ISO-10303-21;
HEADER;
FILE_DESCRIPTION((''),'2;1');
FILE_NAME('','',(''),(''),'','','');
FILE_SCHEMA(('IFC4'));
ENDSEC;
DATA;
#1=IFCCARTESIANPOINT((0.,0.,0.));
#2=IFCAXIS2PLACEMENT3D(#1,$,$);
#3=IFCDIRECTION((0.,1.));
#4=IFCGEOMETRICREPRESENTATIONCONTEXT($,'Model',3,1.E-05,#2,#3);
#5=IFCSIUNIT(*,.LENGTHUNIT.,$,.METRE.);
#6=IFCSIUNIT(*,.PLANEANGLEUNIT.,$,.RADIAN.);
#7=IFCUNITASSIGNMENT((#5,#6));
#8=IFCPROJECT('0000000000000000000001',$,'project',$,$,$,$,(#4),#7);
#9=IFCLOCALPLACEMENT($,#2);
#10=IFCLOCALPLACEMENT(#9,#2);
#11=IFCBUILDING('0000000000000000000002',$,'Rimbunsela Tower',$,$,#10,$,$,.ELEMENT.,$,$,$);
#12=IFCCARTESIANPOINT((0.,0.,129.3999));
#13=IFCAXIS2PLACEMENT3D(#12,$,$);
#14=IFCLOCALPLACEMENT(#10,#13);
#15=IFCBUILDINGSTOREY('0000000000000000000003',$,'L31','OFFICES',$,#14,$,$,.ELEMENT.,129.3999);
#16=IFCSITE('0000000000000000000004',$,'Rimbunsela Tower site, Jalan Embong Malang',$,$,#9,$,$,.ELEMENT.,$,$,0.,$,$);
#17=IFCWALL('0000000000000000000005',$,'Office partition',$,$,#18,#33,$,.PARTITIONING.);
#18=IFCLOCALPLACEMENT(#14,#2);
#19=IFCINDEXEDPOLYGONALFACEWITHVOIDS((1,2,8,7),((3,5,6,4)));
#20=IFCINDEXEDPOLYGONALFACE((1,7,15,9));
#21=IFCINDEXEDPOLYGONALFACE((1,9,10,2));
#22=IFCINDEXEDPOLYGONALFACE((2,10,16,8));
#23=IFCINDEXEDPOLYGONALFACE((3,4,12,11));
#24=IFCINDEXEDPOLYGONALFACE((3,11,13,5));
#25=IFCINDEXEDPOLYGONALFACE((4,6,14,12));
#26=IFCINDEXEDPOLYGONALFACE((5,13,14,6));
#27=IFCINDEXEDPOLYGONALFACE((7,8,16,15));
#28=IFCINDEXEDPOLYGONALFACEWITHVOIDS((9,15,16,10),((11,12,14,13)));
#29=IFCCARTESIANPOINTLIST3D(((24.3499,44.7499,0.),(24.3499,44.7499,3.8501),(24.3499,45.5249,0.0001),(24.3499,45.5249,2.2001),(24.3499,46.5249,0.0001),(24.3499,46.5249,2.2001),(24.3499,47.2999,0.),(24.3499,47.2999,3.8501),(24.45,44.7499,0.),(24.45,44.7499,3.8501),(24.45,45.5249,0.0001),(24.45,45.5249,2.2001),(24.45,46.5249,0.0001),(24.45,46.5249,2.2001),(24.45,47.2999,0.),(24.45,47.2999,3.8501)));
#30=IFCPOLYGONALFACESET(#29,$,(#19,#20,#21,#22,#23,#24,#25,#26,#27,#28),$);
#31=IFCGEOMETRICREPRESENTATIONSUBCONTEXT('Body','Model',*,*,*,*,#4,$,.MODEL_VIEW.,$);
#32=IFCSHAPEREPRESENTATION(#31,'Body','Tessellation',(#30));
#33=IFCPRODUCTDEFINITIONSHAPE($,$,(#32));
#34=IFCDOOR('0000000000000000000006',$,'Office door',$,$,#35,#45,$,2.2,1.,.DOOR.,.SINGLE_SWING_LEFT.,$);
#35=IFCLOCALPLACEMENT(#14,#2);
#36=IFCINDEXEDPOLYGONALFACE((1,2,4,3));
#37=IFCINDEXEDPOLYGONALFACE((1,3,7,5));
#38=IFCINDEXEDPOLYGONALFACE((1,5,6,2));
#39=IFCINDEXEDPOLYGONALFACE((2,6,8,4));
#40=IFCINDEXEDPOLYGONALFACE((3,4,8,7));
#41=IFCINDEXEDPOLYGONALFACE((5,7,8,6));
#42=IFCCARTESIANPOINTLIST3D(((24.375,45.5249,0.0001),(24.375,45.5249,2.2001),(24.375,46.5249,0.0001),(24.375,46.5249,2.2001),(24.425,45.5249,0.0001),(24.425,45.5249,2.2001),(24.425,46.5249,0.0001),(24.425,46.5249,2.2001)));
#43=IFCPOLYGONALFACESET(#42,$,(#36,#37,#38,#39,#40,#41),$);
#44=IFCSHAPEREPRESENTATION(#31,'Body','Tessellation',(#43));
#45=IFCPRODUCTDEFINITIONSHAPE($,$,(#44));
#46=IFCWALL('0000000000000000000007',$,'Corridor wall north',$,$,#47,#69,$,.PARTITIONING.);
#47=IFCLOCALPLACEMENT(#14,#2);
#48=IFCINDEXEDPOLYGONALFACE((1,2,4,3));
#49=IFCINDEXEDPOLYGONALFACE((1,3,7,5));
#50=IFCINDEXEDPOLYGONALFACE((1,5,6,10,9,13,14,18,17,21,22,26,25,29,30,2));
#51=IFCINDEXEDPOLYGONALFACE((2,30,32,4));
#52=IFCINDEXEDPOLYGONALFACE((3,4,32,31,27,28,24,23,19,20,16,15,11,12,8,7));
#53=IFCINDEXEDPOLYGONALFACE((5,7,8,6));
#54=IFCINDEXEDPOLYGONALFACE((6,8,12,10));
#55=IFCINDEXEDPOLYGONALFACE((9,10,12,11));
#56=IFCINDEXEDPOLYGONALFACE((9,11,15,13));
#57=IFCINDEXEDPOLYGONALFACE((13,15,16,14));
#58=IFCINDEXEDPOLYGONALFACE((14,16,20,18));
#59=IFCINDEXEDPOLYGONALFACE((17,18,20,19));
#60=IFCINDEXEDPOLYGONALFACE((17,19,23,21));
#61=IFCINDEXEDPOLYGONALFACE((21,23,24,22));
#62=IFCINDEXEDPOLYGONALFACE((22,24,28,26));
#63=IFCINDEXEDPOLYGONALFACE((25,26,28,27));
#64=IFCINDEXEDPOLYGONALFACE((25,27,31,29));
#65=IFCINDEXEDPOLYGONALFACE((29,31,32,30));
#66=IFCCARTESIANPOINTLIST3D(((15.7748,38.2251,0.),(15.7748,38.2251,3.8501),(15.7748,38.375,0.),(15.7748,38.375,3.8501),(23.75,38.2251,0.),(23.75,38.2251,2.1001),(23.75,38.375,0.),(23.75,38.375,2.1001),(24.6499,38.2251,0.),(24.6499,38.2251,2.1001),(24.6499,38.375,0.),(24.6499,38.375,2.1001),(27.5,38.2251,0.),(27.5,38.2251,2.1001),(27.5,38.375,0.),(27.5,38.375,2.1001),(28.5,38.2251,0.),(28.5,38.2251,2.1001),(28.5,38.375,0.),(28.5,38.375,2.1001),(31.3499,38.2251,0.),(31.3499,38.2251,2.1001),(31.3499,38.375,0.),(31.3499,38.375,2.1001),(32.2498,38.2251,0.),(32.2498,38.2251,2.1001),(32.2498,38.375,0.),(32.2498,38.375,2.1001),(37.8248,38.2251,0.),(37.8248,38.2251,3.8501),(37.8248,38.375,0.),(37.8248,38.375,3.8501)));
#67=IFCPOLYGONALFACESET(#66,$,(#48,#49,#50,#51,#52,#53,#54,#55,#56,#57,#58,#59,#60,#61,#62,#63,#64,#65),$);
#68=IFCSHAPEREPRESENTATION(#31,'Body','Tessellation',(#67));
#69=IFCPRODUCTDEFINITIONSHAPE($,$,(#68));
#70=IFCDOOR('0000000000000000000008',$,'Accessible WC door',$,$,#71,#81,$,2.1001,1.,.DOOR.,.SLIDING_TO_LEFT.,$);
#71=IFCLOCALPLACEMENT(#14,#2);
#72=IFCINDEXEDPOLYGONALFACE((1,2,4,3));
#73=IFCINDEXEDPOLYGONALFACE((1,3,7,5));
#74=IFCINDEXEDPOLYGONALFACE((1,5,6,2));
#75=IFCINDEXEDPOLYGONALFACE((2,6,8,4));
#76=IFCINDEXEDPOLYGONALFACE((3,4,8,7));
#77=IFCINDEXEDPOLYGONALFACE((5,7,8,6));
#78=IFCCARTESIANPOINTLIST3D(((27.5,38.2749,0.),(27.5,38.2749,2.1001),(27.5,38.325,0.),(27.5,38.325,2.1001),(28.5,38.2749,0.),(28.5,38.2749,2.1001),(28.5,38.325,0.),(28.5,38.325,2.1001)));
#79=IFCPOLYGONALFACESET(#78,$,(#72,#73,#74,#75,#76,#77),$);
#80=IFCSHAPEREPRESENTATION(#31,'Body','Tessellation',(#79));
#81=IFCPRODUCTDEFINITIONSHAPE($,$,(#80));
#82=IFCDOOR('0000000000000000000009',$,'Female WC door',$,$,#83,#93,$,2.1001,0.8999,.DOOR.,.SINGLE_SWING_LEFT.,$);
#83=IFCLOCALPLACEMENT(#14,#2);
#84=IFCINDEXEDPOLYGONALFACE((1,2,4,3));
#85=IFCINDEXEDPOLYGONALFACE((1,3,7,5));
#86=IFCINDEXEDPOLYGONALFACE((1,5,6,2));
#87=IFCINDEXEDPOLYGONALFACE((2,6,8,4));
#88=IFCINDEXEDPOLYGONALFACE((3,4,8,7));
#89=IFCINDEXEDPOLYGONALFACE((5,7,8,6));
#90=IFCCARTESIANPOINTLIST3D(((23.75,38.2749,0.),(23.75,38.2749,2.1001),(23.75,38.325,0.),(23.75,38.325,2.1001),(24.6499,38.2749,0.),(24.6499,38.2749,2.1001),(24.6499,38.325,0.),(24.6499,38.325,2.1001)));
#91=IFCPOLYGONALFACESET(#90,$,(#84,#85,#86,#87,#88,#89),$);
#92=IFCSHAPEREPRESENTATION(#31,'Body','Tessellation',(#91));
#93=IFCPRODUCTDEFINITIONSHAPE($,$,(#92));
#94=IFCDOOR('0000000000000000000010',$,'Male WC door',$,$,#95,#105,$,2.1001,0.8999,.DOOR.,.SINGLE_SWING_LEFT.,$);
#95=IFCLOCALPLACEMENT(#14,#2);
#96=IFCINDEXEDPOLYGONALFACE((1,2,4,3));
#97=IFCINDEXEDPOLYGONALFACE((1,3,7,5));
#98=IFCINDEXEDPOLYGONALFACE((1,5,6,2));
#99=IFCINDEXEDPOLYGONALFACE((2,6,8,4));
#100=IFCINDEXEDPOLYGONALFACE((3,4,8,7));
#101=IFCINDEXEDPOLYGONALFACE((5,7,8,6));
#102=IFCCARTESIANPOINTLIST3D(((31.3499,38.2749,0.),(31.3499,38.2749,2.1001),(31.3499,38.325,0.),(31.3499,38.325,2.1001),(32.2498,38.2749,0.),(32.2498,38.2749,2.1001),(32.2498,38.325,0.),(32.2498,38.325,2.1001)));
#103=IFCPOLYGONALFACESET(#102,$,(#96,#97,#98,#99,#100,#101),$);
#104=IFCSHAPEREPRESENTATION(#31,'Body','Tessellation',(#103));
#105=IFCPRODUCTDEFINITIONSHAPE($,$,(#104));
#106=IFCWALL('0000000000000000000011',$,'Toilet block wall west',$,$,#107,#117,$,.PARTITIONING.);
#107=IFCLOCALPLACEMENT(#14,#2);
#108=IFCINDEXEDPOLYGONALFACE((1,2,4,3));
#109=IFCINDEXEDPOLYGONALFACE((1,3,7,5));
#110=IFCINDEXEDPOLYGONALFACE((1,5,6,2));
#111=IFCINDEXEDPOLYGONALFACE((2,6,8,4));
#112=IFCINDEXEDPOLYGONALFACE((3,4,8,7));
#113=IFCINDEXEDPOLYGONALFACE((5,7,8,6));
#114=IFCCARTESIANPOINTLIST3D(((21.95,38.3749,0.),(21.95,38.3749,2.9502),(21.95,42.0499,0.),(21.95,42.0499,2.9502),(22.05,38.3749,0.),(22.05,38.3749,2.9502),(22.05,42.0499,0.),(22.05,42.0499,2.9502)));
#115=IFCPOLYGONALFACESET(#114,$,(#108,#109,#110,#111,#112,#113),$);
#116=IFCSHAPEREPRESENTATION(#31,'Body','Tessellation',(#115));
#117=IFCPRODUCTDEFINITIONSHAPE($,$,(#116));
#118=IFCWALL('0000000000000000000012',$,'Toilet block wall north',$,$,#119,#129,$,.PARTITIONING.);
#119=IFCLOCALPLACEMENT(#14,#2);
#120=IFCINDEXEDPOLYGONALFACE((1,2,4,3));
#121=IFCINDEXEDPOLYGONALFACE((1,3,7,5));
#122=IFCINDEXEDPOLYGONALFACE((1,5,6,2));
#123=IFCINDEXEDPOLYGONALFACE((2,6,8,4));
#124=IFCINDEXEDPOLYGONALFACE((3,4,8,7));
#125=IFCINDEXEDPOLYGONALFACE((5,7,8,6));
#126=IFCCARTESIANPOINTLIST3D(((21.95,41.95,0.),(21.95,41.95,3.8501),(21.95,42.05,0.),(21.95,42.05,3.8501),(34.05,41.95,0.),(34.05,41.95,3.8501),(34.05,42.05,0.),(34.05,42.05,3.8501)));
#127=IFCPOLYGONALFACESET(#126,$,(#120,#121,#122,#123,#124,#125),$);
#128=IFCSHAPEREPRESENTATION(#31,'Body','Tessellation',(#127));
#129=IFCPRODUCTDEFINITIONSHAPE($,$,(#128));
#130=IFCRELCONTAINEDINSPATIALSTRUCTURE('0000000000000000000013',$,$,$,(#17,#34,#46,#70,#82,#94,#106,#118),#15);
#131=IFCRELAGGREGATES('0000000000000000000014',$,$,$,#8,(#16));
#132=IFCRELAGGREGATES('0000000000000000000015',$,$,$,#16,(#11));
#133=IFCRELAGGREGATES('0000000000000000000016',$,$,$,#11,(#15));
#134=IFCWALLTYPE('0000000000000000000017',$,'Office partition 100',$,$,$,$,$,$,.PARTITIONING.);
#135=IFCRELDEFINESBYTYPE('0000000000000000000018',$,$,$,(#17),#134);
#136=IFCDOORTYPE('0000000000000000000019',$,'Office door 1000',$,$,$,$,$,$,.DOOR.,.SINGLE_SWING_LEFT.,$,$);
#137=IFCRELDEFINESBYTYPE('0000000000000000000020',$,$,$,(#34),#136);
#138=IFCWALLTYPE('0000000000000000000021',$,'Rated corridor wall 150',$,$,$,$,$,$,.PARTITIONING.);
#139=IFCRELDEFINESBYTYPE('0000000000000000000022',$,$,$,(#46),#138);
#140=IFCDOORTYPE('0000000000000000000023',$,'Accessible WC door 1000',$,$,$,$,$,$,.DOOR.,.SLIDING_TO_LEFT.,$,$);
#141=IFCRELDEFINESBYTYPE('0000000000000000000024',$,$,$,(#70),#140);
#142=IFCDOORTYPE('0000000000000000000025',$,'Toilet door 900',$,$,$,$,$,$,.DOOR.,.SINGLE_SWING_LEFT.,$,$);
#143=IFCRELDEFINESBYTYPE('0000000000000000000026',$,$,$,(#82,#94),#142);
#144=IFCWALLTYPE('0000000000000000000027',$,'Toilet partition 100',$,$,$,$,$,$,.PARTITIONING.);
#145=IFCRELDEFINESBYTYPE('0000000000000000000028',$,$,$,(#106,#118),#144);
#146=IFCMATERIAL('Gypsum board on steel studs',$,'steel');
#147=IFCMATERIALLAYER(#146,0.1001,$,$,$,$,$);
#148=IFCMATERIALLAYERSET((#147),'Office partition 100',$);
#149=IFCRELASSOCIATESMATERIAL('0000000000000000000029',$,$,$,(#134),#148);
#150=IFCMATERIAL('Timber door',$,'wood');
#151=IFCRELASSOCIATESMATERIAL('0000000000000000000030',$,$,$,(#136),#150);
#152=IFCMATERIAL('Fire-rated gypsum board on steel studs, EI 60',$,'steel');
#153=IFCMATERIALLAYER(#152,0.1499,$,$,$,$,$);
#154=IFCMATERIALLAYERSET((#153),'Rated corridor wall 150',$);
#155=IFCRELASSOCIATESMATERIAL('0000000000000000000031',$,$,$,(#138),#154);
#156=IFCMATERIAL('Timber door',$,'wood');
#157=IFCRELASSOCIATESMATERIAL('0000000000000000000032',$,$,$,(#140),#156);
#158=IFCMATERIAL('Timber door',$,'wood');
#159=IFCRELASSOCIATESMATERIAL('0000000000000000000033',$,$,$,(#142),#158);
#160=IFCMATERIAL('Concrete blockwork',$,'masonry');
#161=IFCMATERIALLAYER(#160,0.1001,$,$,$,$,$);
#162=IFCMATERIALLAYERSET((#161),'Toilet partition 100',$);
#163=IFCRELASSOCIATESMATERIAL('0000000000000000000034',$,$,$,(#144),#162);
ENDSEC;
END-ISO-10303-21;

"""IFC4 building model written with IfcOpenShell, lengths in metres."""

from ifc_helpers import new_model, si_unit, direction, frame, frame_2d, origin, place, context, subcontext, project, spatial, rectangle, extrude, material, layer, layer_set, type_object, element, fill, save


model = new_model("IFC4")

# Units and contexts
model_context = context("Model", 3, precision=1e-05, world=origin(), true_north=direction((0.0, 1.0)))
body_context = subcontext(model_context, "Body", "Model", "MODEL_VIEW")
ifc_project = project(units=[si_unit("LENGTHUNIT", "METRE"), si_unit("PLANEANGLEUNIT", "RADIAN")], contexts=[model_context])

# Site, building, storey
site_placement = place(None, origin())
site = spatial("IfcSite", under=ifc_project, at=site_placement, Name="Rimbunsela Tower site, Jalan Embong Malang", CompositionType="ELEMENT", RefElevation=0.0)
building_placement = place(site_placement, origin())
building = spatial("IfcBuilding", under=site, at=building_placement, Name="Rimbunsela Tower", CompositionType="ELEMENT")
storey_placement = place(building_placement, frame((0.0, 0.0, 129.3999)))
storey = spatial("IfcBuildingStorey", under=building, at=storey_placement, Name="L31", Description="OFFICES", CompositionType="ELEMENT", Elevation=129.3999)

# Shared definitions
ifc_material_1 = material(Name="Gypsum board on steel studs", Category="steel")
ifc_layer_1 = layer(ifc_material_1, 0.1001)
ifc_layer_set_1 = layer_set([ifc_layer_1], Name="Office partition 100")
wall_type_1 = type_object("IfcWallType", Name="Office partition 100", PredefinedType="PARTITIONING", material=ifc_layer_set_1)

# Wall, opening, door
wall_1_placement = place(storey_placement, frame((24.3999, 44.75, 0.0), z_axis=(0.0, 0.0, 1.0), x_axis=(0.0, 1.0, 0.0)))
wall_1 = element("IfcWall", 1, at=wall_1_placement, inside=storey, type_object=wall_type_1, Name="Office partition", PredefinedType="PARTITIONING", context=body_context, shape_type="SweptSolid", body=[
    extrude(rectangle(XDim=2.55, YDim=0.1001, at=frame_2d((1.2749, 0.0))), origin(), (0.0, 0.0, 1.0), 3.8501),
])
opening_1_placement = place(wall_1_placement, frame((0.7749, 0.0, 0.0)))
opening_1 = element("IfcOpeningElement", 2, at=opening_1_placement, cuts=wall_1, PredefinedType="OPENING", context=body_context, shape_type="SweptSolid", body=[
    extrude(rectangle(XDim=1.0, YDim=2.2, at=frame_2d((0.5, 1.1001))), frame((0.0, 0.0601, 0.0), z_axis=(0.0, -1.0, 0.0), x_axis=(1.0, 0.0, 0.0)), (0.0, 0.0, 1.0), 0.1201),
])
ifc_material_2 = material(Name="Timber door", Category="wood")
door_type_1 = type_object("IfcDoorType", Name="Office door 1000", OperationType="SINGLE_SWING_LEFT", PredefinedType="DOOR", material=ifc_material_2)
door_1_placement = place(opening_1_placement, origin())
door_1 = element("IfcDoor", 3, at=door_1_placement, inside=storey, type_object=door_type_1, Name="Office door", OperationType="SINGLE_SWING_LEFT", OverallHeight=2.2, OverallWidth=1.0, PredefinedType="DOOR", context=body_context, shape_type="SweptSolid", body=[
    extrude(rectangle(XDim=1.0, YDim=2.2, at=frame_2d((0.5, 1.1001))), frame((0.0, 0.0249, 0.0), z_axis=(0.0, -1.0, 0.0), x_axis=(1.0, 0.0, 0.0)), (0.0, 0.0, 1.0), 0.05),
])
fill(opening_1, door_1)

# Wall, openings, doors
ifc_material_3 = material(Name="Fire-rated gypsum board on steel studs, EI 60", Category="steel")
ifc_layer_2 = layer(ifc_material_3, 0.1499)
ifc_layer_set_2 = layer_set([ifc_layer_2], Name="Rated corridor wall 150")
wall_type_2 = type_object("IfcWallType", Name="Rated corridor wall 150", PredefinedType="PARTITIONING", material=ifc_layer_set_2)
wall_2_placement = place(storey_placement, frame((15.7749, 38.3, 0.0), z_axis=(0.0, 0.0, 1.0), x_axis=(1.0, 0.0, 0.0)))
wall_2 = element("IfcWall", 4, at=wall_2_placement, inside=storey, type_object=wall_type_2, Name="Corridor wall north", PredefinedType="PARTITIONING", context=body_context, shape_type="SweptSolid", body=[
    extrude(rectangle(XDim=22.05, YDim=0.1499, at=frame_2d((11.0249, 0.0))), origin(), (0.0, 0.0, 1.0), 3.8501),
])
opening_2_placement = place(wall_2_placement, frame((7.9751, 0.0, 0.0)))
opening_2 = element("IfcOpeningElement", 5, at=opening_2_placement, cuts=wall_2, PredefinedType="OPENING", context=body_context, shape_type="SweptSolid", body=[
    extrude(rectangle(XDim=0.8999, YDim=2.1001, at=frame_2d((0.45, 1.05))), frame((0.0, 0.085, 0.0), z_axis=(0.0, -1.0, 0.0), x_axis=(1.0, 0.0, 0.0)), (0.0, 0.0, 1.0), 0.1699),
])
opening_3_placement = place(wall_2_placement, frame((11.7251, 0.0, 0.0)))
opening_3 = element("IfcOpeningElement", 6, at=opening_3_placement, cuts=wall_2, PredefinedType="OPENING", context=body_context, shape_type="SweptSolid", body=[
    extrude(rectangle(XDim=1.0, YDim=2.1001, at=frame_2d((0.5, 1.05))), frame((0.0, 0.085, 0.0), z_axis=(0.0, -1.0, 0.0), x_axis=(1.0, 0.0, 0.0)), (0.0, 0.0, 1.0), 0.1699),
])
opening_4_placement = place(wall_2_placement, frame((15.575, 0.0, 0.0)))
opening_4 = element("IfcOpeningElement", 7, at=opening_4_placement, cuts=wall_2, PredefinedType="OPENING", context=body_context, shape_type="SweptSolid", body=[
    extrude(rectangle(XDim=0.8999, YDim=2.1001, at=frame_2d((0.45, 1.05))), frame((0.0, 0.085, 0.0), z_axis=(0.0, -1.0, 0.0), x_axis=(1.0, 0.0, 0.0)), (0.0, 0.0, 1.0), 0.1699),
])
ifc_material_4 = material(Name="Timber door", Category="wood")
door_type_2 = type_object("IfcDoorType", Name="Accessible WC door 1000", OperationType="SLIDING_TO_LEFT", PredefinedType="DOOR", material=ifc_material_4)
door_2_placement = place(opening_3_placement, origin())
door_2 = element("IfcDoor", 8, at=door_2_placement, inside=storey, type_object=door_type_2, Name="Accessible WC door", OperationType="SLIDING_TO_LEFT", OverallHeight=2.1001, OverallWidth=1.0, PredefinedType="DOOR", context=body_context, shape_type="SweptSolid", body=[
    extrude(rectangle(XDim=1.0, YDim=2.1001, at=frame_2d((0.5, 1.05))), frame((0.0, 0.0249, 0.0), z_axis=(0.0, -1.0, 0.0), x_axis=(1.0, 0.0, 0.0)), (0.0, 0.0, 1.0), 0.05),
])
fill(opening_3, door_2)
ifc_material_5 = material(Name="Timber door", Category="wood")
door_type_3 = type_object("IfcDoorType", Name="Toilet door 900", OperationType="SINGLE_SWING_LEFT", PredefinedType="DOOR", material=ifc_material_5)
door_3_placement = place(opening_2_placement, origin())
door_3 = element("IfcDoor", 9, at=door_3_placement, inside=storey, type_object=door_type_3, Name="Female WC door", OperationType="SINGLE_SWING_LEFT", OverallHeight=2.1001, OverallWidth=0.8999, PredefinedType="DOOR", context=body_context, shape_type="SweptSolid", body=[
    extrude(rectangle(XDim=0.8999, YDim=2.1001, at=frame_2d((0.45, 1.05))), frame((0.0, 0.0249, 0.0), z_axis=(0.0, -1.0, 0.0), x_axis=(1.0, 0.0, 0.0)), (0.0, 0.0, 1.0), 0.05),
])
fill(opening_2, door_3)
door_4_placement = place(opening_4_placement, origin())
door_4 = element("IfcDoor", 10, at=door_4_placement, inside=storey, type_object=door_type_3, Name="Male WC door", OperationType="SINGLE_SWING_LEFT", OverallHeight=2.1001, OverallWidth=0.8999, PredefinedType="DOOR", context=body_context, shape_type="SweptSolid", body=[
    extrude(rectangle(XDim=0.8999, YDim=2.1001, at=frame_2d((0.45, 1.05))), frame((0.0, 0.0249, 0.0), z_axis=(0.0, -1.0, 0.0), x_axis=(1.0, 0.0, 0.0)), (0.0, 0.0, 1.0), 0.05),
])
fill(opening_4, door_4)

# Walls
ifc_material_6 = material(Name="Concrete blockwork", Category="masonry")
ifc_layer_3 = layer(ifc_material_6, 0.1001)
ifc_layer_set_3 = layer_set([ifc_layer_3], Name="Toilet partition 100")
wall_type_3 = type_object("IfcWallType", Name="Toilet partition 100", PredefinedType="PARTITIONING", material=ifc_layer_set_3)
wall_3_placement = place(storey_placement, frame((22.0, 38.375, 0.0), z_axis=(0.0, 0.0, 1.0), x_axis=(0.0, 1.0, 0.0)))
element("IfcWall", 11, at=wall_3_placement, inside=storey, type_object=wall_type_3, Name="Toilet block wall west", PredefinedType="PARTITIONING", context=body_context, shape_type="SweptSolid", body=[
    extrude(rectangle(XDim=3.675, YDim=0.1001, at=frame_2d((1.8374, 0.0))), origin(), (0.0, 0.0, 1.0), 2.9502),
])
wall_4_placement = place(storey_placement, frame((21.95, 42.0, 0.0), z_axis=(0.0, 0.0, 1.0), x_axis=(1.0, 0.0, 0.0)))
element("IfcWall", 12, at=wall_4_placement, inside=storey, type_object=wall_type_3, Name="Toilet block wall north", PredefinedType="PARTITIONING", context=body_context, shape_type="SweptSolid", body=[
    extrude(rectangle(XDim=12.1001, YDim=0.1001, at=frame_2d((6.05, 0.0))), origin(), (0.0, 0.0, 1.0), 3.8501),
])

save(model, "model.ifc")
